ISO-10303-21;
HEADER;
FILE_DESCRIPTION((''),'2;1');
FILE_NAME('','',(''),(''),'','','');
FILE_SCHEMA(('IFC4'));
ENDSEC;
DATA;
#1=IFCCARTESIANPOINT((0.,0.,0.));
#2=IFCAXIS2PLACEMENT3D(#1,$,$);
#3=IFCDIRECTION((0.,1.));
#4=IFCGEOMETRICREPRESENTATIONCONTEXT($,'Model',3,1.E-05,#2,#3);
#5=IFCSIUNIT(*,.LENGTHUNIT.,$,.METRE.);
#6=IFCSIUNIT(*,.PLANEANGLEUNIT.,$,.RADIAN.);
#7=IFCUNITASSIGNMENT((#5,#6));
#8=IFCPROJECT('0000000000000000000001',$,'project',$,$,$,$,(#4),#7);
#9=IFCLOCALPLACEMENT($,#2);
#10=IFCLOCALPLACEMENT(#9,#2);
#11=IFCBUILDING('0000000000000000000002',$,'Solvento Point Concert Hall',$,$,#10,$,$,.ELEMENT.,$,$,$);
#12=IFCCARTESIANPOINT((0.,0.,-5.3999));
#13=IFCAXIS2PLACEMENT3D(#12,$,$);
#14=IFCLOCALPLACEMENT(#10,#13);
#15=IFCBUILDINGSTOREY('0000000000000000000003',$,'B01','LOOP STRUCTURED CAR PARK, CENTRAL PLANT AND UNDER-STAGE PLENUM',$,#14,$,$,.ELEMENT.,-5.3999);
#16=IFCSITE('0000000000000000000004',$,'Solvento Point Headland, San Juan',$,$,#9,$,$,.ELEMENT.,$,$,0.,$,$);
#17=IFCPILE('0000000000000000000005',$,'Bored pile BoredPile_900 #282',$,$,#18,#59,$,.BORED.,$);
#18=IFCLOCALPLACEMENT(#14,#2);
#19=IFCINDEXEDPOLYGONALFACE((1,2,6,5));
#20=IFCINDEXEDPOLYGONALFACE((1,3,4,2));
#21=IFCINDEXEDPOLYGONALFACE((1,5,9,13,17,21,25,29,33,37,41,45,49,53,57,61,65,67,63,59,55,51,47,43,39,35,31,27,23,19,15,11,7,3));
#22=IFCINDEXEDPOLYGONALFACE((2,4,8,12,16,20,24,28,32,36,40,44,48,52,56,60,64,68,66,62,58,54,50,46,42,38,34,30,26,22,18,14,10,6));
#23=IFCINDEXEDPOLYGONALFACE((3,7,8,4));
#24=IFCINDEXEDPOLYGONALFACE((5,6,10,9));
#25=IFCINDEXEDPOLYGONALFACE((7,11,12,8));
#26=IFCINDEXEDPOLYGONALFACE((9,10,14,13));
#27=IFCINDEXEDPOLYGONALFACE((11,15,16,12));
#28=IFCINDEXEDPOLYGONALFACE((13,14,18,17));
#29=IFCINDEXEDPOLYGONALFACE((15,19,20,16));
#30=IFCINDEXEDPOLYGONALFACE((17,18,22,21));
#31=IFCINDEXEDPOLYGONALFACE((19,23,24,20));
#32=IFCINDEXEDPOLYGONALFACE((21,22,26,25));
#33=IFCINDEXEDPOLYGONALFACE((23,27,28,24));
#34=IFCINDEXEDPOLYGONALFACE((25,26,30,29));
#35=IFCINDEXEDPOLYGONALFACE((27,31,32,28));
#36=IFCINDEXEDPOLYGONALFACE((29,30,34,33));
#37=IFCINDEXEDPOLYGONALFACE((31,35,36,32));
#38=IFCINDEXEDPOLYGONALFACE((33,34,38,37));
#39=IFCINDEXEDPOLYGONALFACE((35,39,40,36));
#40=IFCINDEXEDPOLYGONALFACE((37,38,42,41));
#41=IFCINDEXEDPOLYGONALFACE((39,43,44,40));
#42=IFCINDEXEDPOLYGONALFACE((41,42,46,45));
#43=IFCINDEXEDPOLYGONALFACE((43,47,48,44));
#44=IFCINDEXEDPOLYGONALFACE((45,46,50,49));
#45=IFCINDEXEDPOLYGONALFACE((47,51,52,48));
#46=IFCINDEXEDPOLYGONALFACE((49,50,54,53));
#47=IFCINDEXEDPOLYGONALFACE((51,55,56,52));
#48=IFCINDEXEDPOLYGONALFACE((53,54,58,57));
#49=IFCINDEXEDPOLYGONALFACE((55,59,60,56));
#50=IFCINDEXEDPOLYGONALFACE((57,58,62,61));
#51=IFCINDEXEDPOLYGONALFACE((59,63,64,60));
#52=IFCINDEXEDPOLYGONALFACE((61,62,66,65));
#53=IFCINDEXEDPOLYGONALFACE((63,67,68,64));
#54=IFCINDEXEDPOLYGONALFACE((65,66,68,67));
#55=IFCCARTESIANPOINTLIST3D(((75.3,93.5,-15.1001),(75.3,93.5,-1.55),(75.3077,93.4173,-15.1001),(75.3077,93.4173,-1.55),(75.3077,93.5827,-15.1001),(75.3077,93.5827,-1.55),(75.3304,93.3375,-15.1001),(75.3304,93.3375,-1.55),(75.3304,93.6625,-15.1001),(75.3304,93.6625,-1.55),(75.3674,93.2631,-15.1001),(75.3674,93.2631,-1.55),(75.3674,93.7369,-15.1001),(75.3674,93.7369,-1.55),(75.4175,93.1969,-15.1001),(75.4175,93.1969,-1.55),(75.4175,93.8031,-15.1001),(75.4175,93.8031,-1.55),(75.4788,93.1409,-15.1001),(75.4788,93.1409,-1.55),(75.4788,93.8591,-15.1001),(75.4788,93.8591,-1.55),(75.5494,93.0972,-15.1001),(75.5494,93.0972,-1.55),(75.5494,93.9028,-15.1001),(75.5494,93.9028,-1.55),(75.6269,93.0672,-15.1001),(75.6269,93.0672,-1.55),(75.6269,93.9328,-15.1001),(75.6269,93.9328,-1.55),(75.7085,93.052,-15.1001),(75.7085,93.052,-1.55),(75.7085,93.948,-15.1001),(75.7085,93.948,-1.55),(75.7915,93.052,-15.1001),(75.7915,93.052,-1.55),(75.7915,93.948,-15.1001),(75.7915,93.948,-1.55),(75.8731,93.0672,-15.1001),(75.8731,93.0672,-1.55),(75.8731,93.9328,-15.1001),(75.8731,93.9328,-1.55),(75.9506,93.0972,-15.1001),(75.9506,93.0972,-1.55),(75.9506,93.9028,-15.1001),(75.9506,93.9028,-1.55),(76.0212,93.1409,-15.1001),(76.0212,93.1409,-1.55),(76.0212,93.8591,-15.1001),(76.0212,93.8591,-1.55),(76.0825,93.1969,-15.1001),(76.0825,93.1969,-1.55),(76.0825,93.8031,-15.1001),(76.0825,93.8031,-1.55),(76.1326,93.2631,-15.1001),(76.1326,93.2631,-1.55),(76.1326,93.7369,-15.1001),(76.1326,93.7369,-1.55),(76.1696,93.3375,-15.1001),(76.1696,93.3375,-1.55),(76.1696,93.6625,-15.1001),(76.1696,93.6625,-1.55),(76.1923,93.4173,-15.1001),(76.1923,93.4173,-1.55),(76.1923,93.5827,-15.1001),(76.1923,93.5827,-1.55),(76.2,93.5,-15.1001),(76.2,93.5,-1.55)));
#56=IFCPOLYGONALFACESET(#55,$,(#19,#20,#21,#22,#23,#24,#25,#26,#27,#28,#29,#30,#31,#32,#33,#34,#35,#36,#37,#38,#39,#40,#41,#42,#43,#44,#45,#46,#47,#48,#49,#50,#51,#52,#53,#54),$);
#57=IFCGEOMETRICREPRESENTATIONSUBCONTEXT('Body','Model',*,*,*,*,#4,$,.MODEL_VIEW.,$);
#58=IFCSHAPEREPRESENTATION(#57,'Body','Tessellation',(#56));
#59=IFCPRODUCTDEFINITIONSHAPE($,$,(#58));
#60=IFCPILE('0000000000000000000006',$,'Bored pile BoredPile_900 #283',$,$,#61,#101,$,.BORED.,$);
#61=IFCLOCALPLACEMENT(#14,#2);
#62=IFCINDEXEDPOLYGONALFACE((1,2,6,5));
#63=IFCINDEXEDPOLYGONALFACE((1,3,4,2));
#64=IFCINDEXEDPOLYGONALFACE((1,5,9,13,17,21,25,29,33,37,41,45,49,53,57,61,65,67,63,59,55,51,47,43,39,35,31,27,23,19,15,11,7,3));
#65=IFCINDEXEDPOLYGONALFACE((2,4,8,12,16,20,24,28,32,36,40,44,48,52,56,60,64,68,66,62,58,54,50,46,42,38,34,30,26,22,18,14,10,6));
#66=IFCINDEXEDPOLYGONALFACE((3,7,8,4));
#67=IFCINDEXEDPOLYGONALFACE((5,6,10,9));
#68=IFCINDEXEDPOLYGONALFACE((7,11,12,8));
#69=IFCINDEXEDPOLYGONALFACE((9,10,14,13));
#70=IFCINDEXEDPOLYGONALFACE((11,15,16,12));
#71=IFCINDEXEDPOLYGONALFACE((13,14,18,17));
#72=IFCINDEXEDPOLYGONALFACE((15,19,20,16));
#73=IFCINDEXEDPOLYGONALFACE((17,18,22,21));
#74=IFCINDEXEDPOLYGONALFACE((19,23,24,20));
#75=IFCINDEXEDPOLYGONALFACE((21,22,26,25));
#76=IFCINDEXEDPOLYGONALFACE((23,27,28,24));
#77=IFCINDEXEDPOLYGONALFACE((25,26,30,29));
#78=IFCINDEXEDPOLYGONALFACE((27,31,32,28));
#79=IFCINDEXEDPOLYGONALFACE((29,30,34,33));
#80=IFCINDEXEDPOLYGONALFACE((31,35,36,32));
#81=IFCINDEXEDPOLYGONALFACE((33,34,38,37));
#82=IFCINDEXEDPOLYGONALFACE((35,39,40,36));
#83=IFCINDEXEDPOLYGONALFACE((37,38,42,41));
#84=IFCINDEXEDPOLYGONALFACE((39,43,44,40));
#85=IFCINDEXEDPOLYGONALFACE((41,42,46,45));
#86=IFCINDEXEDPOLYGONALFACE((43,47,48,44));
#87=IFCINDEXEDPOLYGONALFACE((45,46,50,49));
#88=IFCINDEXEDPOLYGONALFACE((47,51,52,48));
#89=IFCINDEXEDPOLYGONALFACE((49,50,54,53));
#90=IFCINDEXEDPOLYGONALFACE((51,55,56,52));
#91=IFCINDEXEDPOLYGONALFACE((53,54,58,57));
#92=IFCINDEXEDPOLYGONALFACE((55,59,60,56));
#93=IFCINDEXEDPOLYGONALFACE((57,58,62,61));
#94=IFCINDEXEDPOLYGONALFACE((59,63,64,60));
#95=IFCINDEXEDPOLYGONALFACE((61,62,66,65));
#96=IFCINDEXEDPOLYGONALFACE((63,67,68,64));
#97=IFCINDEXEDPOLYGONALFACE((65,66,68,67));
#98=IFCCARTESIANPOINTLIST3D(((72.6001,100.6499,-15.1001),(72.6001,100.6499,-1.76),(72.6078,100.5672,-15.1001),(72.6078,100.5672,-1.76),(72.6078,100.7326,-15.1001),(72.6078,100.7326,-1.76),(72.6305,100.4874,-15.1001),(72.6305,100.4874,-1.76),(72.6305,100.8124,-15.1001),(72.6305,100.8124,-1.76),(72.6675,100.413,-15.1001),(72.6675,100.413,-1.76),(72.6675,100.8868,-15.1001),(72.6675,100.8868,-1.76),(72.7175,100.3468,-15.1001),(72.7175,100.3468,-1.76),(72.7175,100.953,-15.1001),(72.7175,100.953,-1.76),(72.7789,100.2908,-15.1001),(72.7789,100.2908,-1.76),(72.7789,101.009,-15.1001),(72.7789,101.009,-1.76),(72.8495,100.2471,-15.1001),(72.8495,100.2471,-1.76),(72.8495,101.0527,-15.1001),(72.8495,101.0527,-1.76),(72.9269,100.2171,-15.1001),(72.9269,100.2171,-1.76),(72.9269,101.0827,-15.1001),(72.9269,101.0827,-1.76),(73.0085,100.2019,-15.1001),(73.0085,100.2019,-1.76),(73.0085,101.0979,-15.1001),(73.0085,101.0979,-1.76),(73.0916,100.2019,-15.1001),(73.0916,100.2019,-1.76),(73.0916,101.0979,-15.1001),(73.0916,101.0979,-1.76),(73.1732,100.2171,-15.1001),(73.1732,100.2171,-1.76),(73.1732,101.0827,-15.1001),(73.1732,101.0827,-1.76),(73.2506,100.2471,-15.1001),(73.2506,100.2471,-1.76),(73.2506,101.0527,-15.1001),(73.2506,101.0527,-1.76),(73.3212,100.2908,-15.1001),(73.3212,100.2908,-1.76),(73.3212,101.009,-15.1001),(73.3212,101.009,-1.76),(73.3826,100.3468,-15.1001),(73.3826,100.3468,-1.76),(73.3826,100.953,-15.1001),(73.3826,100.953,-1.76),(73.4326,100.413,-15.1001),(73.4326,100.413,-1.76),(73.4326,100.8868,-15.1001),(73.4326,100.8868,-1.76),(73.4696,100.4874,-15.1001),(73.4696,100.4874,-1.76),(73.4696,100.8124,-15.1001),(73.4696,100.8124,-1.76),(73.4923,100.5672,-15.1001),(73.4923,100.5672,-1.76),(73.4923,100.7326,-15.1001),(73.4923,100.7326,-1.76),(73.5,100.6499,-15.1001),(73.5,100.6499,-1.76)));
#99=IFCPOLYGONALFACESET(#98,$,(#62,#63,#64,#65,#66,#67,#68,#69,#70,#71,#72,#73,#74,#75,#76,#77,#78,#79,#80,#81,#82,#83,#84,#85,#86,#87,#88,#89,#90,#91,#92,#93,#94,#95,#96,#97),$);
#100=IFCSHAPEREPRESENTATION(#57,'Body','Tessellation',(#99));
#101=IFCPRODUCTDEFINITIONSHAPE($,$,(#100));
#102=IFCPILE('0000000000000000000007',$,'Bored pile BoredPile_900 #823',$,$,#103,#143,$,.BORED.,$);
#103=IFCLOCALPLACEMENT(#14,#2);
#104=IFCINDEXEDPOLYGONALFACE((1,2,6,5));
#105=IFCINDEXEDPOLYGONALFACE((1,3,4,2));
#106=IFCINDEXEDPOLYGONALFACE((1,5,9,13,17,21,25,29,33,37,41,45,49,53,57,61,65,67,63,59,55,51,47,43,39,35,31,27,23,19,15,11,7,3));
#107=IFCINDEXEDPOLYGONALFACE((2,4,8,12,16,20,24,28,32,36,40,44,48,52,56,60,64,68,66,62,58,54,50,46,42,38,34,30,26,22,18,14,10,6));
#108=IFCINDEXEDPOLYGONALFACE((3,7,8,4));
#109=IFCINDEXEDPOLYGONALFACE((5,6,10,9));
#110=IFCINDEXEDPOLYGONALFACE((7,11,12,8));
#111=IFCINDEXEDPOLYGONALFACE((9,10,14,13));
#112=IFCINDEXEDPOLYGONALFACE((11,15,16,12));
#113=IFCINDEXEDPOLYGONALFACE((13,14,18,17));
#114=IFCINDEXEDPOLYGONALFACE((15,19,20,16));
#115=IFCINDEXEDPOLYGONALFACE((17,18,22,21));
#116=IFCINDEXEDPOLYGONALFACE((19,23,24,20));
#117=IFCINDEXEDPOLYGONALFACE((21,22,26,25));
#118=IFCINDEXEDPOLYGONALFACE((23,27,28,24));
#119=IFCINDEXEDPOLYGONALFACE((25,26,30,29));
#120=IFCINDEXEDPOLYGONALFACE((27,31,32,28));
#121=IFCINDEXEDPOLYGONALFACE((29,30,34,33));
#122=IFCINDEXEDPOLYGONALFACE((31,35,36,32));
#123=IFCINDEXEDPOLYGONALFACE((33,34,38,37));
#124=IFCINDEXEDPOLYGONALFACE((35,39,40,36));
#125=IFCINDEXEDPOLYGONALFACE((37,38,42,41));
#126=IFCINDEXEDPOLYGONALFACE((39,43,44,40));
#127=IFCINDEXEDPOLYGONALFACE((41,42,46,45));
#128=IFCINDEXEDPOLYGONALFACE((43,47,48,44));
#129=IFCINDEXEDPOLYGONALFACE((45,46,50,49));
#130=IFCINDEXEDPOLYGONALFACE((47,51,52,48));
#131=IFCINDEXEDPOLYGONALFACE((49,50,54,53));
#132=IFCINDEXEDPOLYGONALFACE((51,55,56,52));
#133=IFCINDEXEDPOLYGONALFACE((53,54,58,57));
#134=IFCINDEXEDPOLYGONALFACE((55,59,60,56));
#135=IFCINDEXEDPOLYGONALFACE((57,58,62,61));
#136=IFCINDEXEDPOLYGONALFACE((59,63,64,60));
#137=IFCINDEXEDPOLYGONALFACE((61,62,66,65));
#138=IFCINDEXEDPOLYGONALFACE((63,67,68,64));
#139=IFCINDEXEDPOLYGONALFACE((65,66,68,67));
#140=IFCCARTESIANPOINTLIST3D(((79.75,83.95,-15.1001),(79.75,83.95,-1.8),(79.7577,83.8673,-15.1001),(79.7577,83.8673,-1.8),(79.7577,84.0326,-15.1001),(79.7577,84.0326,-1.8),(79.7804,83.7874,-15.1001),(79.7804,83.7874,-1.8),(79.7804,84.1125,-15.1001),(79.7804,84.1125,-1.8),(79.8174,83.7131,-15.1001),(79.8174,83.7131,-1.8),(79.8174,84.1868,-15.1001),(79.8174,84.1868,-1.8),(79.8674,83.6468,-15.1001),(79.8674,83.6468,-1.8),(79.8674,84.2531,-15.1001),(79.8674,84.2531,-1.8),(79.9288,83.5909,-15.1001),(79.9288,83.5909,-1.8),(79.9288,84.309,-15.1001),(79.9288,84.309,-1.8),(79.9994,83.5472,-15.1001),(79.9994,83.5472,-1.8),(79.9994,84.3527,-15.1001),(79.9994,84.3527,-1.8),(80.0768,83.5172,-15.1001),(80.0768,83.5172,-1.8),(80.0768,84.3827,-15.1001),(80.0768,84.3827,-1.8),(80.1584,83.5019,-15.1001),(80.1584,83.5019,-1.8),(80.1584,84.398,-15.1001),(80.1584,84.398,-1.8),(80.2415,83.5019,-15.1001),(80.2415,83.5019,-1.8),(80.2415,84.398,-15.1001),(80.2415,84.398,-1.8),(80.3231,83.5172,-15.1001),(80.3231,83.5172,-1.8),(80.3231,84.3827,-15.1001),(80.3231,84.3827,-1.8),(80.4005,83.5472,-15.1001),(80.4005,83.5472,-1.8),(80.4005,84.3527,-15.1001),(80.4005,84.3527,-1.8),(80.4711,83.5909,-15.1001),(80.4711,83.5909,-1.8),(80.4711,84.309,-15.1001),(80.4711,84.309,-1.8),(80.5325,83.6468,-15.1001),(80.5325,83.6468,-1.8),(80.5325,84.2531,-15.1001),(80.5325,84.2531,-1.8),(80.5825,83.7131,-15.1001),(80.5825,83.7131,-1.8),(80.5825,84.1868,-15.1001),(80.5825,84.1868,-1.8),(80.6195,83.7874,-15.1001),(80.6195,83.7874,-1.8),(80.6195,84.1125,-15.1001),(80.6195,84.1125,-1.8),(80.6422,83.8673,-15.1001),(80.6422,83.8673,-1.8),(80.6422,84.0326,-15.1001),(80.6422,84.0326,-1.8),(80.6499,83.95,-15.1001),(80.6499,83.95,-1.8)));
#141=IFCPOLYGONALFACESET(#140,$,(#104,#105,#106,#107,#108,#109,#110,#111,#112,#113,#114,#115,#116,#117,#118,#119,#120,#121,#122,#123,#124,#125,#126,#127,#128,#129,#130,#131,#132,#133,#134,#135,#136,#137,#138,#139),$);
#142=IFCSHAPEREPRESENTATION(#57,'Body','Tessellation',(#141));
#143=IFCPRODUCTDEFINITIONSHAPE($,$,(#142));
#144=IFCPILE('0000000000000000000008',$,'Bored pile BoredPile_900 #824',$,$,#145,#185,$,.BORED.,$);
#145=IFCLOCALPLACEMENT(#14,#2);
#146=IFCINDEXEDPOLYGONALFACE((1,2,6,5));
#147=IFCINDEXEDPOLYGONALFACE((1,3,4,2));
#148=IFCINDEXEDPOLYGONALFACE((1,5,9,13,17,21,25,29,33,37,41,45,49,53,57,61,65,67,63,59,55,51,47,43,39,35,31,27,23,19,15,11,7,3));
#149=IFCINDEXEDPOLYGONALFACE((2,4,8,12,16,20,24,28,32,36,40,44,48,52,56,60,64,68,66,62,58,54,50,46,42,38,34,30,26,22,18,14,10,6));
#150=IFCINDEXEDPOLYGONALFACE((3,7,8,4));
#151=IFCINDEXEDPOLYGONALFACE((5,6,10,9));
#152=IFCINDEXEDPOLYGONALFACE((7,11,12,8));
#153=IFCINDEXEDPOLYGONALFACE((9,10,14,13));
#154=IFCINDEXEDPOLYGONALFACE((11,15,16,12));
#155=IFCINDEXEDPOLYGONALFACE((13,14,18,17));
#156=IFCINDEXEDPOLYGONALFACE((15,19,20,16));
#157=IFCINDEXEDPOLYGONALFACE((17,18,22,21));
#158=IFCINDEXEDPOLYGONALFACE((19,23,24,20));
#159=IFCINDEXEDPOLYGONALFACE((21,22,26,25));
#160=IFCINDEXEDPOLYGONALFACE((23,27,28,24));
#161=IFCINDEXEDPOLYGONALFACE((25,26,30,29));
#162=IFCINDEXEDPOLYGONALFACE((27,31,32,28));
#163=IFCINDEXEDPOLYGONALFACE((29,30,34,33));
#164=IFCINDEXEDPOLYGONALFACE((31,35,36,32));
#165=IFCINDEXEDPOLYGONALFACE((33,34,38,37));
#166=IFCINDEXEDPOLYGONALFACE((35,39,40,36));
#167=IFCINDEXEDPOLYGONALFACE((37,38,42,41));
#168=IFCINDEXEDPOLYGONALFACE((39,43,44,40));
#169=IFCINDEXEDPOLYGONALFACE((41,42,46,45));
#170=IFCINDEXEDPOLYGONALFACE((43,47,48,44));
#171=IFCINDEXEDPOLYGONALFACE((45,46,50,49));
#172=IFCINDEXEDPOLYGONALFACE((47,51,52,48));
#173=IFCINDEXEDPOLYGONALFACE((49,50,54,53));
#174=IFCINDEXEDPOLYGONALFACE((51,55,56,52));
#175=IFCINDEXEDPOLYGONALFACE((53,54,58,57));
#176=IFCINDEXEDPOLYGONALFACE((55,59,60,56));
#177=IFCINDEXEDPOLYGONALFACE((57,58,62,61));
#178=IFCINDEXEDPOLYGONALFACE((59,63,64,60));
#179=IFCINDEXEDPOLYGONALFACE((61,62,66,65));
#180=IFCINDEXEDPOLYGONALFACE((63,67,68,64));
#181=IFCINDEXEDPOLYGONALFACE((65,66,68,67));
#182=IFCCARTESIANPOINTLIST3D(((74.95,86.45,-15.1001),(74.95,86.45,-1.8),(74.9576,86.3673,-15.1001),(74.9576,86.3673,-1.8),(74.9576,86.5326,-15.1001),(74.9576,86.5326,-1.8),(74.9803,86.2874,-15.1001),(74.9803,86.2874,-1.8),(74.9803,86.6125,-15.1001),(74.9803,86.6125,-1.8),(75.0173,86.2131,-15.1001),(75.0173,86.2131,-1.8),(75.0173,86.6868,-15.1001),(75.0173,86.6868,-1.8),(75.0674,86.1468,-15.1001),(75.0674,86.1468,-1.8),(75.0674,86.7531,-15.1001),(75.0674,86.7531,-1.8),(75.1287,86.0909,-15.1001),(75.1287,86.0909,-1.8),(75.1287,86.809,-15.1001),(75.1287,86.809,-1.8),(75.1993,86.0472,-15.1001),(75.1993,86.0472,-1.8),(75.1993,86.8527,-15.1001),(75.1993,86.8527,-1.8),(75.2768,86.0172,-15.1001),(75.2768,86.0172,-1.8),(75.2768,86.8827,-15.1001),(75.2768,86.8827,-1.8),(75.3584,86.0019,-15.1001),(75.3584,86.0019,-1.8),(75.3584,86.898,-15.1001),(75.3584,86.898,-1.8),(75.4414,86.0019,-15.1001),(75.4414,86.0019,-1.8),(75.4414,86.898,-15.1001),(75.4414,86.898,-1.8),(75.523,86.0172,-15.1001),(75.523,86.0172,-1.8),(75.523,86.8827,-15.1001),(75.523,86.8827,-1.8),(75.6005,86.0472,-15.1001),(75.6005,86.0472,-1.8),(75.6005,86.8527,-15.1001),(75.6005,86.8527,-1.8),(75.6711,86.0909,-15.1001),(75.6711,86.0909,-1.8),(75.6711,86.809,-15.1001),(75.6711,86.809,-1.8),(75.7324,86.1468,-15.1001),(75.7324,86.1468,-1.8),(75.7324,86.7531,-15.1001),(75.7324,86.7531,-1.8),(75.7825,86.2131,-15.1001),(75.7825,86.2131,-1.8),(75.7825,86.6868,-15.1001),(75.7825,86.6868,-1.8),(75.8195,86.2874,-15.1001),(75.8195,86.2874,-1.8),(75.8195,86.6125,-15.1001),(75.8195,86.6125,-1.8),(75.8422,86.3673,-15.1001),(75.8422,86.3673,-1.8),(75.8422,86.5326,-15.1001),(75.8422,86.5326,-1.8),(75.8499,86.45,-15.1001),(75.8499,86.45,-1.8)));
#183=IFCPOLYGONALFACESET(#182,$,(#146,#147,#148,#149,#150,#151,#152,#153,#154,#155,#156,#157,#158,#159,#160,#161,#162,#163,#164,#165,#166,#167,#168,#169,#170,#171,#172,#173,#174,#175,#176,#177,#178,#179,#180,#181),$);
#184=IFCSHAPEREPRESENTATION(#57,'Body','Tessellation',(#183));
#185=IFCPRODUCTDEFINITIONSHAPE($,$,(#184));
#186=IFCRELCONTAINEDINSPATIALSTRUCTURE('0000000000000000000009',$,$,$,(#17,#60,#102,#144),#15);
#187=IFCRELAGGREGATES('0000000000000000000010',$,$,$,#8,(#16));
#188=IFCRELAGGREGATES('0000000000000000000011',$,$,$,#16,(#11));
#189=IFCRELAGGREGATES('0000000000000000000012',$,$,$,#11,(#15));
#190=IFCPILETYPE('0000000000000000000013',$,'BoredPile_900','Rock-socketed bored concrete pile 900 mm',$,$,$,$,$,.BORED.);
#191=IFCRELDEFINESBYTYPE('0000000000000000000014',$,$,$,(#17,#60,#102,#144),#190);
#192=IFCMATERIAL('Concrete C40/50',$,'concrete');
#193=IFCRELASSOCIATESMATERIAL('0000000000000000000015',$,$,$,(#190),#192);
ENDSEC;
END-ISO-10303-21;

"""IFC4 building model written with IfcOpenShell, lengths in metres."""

from ifc_helpers import new_model, si_unit, direction, frame, origin, origin_2d, place, context, subcontext, project, spatial, circle, extrude, material, material_profile, profile_set, type_object, element, save


model = new_model("IFC4")

# Units and contexts
model_context = context("Model", 3, precision=1e-05, world=origin(), true_north=direction((0.0, 1.0)))
body_context = subcontext(model_context, "Body", "Model", "MODEL_VIEW")
ifc_project = project(units=[si_unit("LENGTHUNIT", "METRE"), si_unit("PLANEANGLEUNIT", "RADIAN")], contexts=[model_context])

# Site, building, storey
site_placement = place(None, origin())
site = spatial("IfcSite", under=ifc_project, at=site_placement, Name="Solvento Point Headland, San Juan", CompositionType="ELEMENT", RefElevation=0.0)
building_placement = place(site_placement, origin())
building = spatial("IfcBuilding", under=site, at=building_placement, Name="Solvento Point Concert Hall", CompositionType="ELEMENT")
storey_placement = place(building_placement, frame((0.0, 0.0, -5.3999)))
storey = spatial("IfcBuildingStorey", under=building, at=storey_placement, Name="B01", Description="LOOP STRUCTURED CAR PARK, CENTRAL PLANT AND UNDER-STAGE PLENUM", CompositionType="ELEMENT", Elevation=-5.3999)

# Piles
ifc_material_1 = material(Name="Concrete C40/50", Category="concrete")
ifc_material_profile_1 = material_profile(ifc_material_1, circle(Radius=0.45, at=origin_2d()), Name="BP-900")
ifc_profile_set_1 = profile_set([ifc_material_profile_1], Name="Concrete C40/50")
pile_type_1 = type_object("IfcPileType", Name="BoredPile_900", Description="Rock-socketed bored concrete pile 900 mm", PredefinedType="BORED", material=ifc_profile_set_1)
for number, where, z_axis, x_axis, name in (
    (1, (75.75, 93.5, -1.55), (0.0, 0.0, -1.0), (1.0, 0.0, 0.0), "Bored pile BoredPile_900 #282"),
):
    element("IfcPile", number, at=place(storey_placement, frame(where, z_axis=z_axis, x_axis=x_axis)), inside=storey, type_object=pile_type_1, Name=name, PredefinedType="BORED", context=body_context, shape_type="SweptSolid", body=[
        extrude(circle(Radius=0.45, at=origin_2d()), origin(), (0.0, 0.0, 1.0), 13.55),
    ])
pile_1_placement = place(storey_placement, frame((73.05, 100.6499, -1.76), z_axis=(0.0, 0.0, -1.0), x_axis=(1.0, 0.0, 0.0)))
element("IfcPile", 2, at=pile_1_placement, inside=storey, type_object=pile_type_1, Name="Bored pile BoredPile_900 #283", PredefinedType="BORED", context=body_context, shape_type="SweptSolid", body=[
    extrude(circle(Radius=0.45, at=origin_2d()), origin(), (0.0, 0.0, 1.0), 13.3401),
])
for number, where, z_axis, x_axis, name in (
    (3, (80.2, 83.95, -1.8), (0.0, 0.0, -1.0), (1.0, 0.0, 0.0), "Bored pile BoredPile_900 #823"),
    (4, (75.3999, 86.45, -1.8), (0.0, 0.0, -1.0), (1.0, 0.0, 0.0), "Bored pile BoredPile_900 #824"),
):
    element("IfcPile", number, at=place(storey_placement, frame(where, z_axis=z_axis, x_axis=x_axis)), inside=storey, type_object=pile_type_1, Name=name, PredefinedType="BORED", context=body_context, shape_type="SweptSolid", body=[
        extrude(circle(Radius=0.45, at=origin_2d()), origin(), (0.0, 0.0, 1.0), 13.3),
    ])

save(model, "model.ifc")
